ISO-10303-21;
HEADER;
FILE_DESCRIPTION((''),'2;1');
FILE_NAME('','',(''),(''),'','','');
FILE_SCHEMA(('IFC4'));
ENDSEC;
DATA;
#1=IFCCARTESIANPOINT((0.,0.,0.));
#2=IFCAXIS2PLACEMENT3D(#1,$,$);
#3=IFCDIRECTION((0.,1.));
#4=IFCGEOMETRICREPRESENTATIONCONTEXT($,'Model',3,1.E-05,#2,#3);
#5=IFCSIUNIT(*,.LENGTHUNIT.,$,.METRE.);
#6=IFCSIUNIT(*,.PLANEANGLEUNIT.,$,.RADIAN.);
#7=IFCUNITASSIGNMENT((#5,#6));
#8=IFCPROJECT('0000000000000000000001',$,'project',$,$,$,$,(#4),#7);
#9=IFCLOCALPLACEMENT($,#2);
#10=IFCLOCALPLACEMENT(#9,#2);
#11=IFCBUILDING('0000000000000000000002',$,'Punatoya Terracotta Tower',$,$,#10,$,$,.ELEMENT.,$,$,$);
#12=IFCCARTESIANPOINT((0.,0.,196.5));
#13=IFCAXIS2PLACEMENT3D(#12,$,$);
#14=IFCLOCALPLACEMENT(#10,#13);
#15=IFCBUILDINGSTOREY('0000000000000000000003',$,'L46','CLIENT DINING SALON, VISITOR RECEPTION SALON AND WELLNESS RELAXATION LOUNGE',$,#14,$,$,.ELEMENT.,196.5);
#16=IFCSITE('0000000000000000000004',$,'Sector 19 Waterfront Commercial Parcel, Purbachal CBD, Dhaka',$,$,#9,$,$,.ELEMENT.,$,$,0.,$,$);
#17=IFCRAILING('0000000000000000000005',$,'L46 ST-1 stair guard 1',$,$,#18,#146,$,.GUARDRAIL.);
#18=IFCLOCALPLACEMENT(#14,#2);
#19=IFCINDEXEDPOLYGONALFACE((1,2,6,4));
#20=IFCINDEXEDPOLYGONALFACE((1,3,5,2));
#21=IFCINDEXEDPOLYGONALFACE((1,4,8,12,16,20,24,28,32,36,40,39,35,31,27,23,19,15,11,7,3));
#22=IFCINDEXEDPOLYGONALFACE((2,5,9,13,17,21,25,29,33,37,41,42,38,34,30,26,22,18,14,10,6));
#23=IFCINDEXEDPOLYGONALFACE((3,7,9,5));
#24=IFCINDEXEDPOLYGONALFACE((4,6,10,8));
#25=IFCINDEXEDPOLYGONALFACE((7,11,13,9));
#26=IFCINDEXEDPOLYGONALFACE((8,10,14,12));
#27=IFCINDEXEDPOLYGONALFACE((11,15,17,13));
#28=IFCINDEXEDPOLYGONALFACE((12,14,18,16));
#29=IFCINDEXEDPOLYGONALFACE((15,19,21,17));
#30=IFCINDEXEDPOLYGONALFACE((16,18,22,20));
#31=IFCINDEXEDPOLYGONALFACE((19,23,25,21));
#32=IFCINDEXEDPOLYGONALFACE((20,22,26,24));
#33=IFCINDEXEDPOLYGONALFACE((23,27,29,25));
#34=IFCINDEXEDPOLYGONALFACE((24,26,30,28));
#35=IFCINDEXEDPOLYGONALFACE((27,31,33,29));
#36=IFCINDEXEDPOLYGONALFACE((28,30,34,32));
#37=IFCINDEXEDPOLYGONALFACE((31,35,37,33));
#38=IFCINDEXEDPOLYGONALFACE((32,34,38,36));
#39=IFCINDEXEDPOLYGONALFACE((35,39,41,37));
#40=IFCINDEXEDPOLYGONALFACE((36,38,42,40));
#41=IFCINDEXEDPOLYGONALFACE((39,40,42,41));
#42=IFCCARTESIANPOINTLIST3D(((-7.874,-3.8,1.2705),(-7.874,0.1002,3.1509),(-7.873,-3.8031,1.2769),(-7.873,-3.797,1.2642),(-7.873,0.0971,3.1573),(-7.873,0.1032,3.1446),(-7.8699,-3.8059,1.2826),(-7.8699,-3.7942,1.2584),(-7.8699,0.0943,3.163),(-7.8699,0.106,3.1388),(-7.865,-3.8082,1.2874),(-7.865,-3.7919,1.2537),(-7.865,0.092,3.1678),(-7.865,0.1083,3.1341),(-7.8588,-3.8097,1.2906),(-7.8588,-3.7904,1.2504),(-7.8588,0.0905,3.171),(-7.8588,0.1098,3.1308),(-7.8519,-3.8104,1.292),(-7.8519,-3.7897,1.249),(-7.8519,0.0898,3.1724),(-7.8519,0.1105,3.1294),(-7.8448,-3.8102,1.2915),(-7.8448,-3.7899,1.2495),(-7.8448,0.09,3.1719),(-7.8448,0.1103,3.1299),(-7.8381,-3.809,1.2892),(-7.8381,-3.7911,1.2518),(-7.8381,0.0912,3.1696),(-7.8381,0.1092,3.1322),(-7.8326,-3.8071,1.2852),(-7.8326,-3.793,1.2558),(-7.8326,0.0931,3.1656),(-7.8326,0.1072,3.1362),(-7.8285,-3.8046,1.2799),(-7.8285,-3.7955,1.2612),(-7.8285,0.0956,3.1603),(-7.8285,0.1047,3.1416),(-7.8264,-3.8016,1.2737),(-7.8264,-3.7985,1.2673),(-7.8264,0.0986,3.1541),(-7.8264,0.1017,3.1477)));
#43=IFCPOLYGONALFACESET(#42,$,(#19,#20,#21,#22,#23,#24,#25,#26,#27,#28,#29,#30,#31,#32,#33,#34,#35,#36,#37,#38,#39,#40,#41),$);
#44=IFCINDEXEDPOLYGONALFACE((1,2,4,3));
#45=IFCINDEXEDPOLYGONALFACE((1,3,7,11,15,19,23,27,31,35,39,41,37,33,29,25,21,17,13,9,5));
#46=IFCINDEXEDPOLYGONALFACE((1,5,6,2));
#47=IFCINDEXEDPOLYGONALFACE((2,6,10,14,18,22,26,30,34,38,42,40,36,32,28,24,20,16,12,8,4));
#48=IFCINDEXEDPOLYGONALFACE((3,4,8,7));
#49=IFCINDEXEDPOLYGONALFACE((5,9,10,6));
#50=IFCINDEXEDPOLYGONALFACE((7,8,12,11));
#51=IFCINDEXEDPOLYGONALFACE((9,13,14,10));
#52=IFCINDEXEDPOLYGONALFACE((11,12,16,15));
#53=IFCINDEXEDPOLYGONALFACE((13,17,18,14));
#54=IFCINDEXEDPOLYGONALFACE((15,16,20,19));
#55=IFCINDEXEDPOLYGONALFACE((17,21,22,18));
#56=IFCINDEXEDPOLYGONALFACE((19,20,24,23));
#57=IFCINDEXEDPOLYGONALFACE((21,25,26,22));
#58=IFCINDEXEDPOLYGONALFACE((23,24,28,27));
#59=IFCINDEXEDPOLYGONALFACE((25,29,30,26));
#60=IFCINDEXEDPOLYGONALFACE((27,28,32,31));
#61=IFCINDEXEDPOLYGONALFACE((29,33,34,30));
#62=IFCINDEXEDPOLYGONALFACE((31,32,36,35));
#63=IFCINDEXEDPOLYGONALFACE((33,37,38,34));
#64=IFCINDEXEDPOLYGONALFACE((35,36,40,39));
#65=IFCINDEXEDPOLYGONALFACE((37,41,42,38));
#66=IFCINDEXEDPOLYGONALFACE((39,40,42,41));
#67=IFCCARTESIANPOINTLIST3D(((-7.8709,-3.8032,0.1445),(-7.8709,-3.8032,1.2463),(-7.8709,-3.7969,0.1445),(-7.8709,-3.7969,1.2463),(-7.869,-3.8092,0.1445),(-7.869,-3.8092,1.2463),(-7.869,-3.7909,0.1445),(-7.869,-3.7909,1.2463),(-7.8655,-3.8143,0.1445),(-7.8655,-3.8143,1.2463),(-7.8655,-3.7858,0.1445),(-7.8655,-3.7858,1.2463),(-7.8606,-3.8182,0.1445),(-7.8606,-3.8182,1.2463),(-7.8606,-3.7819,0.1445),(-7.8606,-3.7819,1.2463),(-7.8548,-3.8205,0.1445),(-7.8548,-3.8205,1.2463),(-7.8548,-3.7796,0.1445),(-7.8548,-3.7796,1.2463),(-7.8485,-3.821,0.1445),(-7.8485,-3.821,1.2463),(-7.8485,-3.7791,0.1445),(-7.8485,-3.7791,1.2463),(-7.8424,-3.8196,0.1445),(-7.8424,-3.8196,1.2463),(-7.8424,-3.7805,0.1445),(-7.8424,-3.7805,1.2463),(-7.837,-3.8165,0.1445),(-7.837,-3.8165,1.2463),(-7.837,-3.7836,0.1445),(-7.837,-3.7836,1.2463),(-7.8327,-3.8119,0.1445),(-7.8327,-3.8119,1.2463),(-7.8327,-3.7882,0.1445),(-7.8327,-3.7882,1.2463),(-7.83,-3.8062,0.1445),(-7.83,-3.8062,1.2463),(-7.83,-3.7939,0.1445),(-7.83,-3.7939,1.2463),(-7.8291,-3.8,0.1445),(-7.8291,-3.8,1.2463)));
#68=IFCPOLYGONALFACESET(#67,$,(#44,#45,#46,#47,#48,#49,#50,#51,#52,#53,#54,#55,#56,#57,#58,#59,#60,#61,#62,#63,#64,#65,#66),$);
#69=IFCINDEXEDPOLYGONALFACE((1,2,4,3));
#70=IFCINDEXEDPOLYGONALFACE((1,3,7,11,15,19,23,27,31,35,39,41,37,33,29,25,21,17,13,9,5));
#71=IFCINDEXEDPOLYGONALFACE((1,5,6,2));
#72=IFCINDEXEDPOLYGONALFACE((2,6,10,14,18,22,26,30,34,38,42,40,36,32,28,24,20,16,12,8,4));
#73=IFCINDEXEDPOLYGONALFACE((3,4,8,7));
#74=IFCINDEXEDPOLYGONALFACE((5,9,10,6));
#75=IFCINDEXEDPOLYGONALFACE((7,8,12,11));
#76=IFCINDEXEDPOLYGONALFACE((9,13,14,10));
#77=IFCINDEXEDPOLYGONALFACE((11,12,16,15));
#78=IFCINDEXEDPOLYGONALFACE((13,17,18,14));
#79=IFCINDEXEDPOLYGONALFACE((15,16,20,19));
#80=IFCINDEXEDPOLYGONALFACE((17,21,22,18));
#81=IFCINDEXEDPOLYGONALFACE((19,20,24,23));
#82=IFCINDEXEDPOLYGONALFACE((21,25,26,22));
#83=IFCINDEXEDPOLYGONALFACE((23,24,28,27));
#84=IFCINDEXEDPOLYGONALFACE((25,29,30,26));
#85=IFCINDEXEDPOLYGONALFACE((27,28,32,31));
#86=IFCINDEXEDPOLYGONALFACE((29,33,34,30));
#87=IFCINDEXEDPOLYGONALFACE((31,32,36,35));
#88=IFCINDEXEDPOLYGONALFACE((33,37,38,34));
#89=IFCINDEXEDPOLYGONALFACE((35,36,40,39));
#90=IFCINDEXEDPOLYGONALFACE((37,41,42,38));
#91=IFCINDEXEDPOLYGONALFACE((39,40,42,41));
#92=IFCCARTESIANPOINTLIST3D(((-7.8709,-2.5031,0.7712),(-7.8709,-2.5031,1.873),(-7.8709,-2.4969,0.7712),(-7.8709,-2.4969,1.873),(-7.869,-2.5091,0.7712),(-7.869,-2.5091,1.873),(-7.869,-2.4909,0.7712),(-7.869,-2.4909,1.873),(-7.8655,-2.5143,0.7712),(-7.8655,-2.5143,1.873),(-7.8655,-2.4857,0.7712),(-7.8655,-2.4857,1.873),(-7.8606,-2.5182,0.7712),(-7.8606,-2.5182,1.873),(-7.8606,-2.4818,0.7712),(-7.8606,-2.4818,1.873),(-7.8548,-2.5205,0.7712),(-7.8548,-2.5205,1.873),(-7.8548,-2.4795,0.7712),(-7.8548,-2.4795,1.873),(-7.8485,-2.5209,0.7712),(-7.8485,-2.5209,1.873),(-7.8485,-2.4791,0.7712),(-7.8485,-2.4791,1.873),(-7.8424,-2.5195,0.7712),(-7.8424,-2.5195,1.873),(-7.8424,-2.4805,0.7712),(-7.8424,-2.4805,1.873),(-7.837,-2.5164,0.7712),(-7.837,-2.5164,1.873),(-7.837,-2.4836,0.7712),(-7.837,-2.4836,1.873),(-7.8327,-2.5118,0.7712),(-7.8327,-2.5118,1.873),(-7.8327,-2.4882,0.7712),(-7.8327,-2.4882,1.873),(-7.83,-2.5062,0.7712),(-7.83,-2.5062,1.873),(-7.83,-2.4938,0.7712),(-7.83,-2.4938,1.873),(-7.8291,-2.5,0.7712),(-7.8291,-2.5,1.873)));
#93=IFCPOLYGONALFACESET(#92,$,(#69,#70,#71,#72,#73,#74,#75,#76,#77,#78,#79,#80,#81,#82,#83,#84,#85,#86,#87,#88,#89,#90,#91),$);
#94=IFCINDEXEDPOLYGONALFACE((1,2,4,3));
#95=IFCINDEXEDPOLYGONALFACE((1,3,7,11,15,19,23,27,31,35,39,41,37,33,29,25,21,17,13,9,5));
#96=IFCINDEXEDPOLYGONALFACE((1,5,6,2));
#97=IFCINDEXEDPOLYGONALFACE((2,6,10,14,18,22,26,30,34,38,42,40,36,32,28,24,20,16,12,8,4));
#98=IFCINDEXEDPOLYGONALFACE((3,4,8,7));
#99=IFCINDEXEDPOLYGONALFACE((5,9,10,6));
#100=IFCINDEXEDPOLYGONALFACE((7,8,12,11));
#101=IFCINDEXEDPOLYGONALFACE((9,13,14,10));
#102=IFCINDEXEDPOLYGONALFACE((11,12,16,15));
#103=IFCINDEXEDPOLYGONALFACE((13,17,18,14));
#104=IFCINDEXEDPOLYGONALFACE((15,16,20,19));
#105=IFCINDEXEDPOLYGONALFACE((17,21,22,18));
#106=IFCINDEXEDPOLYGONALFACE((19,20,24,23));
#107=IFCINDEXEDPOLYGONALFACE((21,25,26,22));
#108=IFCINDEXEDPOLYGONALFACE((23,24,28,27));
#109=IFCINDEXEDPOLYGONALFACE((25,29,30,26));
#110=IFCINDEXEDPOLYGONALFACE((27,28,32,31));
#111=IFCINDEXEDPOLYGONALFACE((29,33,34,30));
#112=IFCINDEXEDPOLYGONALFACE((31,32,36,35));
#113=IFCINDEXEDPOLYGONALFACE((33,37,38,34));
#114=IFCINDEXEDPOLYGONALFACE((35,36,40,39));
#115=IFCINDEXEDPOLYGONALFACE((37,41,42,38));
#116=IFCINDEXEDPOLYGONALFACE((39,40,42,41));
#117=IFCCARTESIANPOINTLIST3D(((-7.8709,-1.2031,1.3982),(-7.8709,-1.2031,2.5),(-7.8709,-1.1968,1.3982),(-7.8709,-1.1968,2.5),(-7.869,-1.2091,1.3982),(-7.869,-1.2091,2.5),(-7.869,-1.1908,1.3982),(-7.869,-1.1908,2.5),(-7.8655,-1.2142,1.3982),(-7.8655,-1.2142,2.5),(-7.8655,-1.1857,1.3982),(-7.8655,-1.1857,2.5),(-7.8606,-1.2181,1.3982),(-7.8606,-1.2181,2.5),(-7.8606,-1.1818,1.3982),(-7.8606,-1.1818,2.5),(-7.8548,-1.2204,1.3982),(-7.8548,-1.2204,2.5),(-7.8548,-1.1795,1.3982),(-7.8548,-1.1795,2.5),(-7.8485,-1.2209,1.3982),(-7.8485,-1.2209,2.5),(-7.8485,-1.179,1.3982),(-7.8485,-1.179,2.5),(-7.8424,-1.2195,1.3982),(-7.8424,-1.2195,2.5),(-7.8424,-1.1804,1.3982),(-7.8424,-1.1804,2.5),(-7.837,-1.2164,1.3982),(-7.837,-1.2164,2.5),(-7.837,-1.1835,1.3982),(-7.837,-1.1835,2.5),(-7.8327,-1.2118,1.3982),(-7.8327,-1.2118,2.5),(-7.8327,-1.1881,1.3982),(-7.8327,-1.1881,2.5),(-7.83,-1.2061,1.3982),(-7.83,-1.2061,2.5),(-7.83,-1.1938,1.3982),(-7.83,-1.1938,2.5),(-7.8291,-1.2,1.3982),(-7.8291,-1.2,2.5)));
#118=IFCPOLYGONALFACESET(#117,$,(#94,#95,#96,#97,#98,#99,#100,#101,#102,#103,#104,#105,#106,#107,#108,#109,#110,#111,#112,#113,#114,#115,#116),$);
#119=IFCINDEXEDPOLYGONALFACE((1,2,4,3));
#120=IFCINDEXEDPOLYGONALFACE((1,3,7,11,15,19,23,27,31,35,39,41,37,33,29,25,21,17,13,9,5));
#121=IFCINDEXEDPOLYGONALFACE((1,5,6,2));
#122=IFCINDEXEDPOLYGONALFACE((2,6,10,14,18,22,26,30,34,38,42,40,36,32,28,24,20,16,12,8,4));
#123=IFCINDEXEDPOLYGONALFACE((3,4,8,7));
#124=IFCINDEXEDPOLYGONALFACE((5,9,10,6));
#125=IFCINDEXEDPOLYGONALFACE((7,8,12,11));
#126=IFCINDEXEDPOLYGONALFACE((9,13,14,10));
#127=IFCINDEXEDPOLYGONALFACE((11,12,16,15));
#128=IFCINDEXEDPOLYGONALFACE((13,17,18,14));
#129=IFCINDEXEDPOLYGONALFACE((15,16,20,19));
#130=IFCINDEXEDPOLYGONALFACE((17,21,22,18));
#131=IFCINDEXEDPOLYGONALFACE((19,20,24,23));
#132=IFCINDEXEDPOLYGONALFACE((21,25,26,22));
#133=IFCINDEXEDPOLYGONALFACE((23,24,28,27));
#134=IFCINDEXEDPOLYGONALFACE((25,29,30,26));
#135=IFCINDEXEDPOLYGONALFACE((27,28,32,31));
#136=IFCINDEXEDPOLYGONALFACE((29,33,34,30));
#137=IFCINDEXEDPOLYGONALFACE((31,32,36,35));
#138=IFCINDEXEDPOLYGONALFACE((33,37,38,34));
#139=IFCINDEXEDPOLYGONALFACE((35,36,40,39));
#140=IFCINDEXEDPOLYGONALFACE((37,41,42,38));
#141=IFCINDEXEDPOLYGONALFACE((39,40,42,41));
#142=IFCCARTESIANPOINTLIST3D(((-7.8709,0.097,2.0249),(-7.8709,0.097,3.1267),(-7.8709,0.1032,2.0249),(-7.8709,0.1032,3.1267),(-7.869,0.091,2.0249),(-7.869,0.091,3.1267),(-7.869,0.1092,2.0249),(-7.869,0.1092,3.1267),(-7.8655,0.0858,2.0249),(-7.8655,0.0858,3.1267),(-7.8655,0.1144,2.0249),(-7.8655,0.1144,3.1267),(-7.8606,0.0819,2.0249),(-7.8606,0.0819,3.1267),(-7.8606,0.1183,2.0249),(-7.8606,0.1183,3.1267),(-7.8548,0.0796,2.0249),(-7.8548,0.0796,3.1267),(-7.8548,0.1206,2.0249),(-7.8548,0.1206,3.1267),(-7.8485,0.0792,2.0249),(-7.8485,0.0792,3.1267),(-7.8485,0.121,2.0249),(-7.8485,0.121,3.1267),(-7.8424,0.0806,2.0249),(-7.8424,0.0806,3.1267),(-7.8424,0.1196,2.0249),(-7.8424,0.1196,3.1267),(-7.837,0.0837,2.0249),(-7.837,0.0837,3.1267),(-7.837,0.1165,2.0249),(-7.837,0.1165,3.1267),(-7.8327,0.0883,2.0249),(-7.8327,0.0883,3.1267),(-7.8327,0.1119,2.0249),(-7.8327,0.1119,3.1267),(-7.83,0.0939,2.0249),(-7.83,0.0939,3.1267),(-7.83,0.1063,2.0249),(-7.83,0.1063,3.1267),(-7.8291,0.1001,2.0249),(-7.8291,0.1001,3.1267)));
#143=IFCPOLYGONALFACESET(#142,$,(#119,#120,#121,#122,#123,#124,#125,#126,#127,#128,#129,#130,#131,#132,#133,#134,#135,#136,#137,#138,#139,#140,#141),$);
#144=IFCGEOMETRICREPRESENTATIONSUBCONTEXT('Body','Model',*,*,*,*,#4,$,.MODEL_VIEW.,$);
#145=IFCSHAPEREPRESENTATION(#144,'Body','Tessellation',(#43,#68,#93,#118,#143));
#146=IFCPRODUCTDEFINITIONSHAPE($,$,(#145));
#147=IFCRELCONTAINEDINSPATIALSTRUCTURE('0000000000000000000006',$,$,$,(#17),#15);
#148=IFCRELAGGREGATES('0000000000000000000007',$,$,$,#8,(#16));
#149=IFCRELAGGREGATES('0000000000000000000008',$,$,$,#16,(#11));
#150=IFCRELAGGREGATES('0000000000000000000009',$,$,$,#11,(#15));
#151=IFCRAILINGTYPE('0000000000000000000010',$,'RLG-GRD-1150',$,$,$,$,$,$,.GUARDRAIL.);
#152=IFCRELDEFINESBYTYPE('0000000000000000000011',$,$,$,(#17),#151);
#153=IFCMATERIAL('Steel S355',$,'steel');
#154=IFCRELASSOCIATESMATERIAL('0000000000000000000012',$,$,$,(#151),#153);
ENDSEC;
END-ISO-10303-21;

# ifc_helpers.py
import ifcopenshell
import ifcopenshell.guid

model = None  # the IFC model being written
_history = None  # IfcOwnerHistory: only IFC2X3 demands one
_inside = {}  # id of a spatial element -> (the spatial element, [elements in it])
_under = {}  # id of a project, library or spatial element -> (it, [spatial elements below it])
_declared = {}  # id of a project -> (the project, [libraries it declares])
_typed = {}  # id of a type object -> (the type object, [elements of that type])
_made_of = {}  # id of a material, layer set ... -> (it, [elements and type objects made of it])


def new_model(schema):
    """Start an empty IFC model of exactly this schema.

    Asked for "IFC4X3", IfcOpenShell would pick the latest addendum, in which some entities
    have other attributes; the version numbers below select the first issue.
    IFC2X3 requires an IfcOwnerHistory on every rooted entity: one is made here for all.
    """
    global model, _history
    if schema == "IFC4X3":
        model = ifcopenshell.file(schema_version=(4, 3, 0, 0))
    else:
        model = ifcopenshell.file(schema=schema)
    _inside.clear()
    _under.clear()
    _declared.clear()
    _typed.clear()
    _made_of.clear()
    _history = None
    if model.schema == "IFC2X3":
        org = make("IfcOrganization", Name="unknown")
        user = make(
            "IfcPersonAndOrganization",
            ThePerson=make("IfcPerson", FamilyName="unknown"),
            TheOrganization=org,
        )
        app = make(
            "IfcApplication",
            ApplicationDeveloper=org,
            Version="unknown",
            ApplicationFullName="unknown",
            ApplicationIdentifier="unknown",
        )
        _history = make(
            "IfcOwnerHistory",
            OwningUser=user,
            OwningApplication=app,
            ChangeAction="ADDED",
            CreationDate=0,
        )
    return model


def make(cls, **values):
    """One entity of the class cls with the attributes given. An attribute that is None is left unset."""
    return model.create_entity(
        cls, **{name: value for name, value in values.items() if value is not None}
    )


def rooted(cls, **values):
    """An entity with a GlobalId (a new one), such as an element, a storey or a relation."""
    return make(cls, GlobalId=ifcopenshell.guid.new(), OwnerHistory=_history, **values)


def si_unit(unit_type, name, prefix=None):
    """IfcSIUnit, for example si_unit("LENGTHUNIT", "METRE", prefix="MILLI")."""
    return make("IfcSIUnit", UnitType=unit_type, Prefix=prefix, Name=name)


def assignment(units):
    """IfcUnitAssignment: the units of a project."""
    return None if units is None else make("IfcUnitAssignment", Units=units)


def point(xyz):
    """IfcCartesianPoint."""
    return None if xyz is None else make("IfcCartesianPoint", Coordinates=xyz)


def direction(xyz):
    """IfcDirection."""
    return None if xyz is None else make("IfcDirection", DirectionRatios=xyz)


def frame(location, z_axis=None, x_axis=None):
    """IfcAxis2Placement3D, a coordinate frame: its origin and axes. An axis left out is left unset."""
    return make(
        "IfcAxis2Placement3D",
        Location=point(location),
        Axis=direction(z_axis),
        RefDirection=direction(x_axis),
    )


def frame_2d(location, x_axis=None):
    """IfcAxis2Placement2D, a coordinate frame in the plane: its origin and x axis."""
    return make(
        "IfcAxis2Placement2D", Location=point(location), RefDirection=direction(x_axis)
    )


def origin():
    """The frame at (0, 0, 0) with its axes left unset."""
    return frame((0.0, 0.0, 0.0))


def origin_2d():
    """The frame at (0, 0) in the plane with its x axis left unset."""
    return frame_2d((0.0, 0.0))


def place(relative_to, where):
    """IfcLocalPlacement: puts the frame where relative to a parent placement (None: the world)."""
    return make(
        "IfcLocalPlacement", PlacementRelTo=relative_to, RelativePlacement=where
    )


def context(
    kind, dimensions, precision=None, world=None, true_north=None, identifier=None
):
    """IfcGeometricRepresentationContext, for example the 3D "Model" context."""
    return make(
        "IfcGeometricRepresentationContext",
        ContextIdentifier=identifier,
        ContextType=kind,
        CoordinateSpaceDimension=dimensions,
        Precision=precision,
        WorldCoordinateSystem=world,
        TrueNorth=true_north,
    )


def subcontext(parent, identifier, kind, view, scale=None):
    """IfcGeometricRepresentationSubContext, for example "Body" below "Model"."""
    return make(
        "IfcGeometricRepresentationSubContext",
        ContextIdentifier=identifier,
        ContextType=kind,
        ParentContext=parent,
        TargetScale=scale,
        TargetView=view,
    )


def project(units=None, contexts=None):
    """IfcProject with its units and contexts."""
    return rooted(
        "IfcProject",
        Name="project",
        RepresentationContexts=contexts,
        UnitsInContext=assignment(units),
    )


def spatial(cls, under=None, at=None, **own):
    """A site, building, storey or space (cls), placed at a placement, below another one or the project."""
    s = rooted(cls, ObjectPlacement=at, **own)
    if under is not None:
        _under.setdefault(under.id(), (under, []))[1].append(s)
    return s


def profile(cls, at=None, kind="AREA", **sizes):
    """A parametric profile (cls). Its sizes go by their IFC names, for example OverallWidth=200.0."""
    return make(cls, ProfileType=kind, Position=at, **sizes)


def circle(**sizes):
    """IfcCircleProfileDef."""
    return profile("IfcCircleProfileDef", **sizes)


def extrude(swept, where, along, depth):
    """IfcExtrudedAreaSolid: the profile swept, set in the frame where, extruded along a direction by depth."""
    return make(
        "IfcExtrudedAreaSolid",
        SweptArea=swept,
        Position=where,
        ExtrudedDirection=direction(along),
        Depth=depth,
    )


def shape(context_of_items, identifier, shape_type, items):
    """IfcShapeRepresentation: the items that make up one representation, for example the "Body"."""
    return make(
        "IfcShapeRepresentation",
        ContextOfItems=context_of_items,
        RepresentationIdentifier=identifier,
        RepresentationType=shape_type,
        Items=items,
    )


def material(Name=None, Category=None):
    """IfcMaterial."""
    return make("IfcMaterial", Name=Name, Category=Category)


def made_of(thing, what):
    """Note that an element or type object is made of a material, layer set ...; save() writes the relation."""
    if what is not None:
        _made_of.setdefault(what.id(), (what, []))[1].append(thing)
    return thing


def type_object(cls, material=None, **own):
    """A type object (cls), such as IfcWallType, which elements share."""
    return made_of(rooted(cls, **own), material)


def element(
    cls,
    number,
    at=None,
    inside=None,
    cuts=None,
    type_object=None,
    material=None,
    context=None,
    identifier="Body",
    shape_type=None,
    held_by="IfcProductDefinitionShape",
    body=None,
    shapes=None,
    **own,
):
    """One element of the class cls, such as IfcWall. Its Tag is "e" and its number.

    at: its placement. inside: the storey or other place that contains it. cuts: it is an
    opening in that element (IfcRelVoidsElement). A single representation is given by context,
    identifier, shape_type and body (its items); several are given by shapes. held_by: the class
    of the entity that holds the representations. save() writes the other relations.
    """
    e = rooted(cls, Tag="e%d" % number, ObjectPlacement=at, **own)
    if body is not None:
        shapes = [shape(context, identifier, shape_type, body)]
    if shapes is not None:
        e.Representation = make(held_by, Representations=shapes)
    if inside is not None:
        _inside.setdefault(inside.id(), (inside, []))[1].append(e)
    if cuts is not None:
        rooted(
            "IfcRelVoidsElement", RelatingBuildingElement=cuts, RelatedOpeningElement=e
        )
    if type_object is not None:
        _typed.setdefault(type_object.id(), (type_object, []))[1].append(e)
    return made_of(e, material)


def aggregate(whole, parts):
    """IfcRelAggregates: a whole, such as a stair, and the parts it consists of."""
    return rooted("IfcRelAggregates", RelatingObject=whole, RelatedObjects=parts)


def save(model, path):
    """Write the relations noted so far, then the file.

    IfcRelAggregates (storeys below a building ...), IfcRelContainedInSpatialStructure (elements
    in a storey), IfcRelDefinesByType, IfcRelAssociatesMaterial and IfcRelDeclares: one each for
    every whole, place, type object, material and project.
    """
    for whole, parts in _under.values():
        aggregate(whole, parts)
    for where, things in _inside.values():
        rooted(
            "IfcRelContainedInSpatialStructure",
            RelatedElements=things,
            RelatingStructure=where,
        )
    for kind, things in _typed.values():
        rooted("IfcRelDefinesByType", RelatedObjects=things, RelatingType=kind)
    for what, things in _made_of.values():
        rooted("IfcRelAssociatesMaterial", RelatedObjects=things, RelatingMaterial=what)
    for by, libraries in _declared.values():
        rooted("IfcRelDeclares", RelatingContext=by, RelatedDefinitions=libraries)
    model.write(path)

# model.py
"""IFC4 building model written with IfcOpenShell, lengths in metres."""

from ifc_helpers import new_model, si_unit, direction, frame, origin, origin_2d, place, context, subcontext, project, spatial, circle, extrude, material, type_object, element, save


model = new_model("IFC4")

# Units and contexts
model_context = context("Model", 3, precision=1e-05, world=origin(), true_north=direction((0.0, 1.0)))
body_context = subcontext(model_context, "Body", "Model", "MODEL_VIEW")
ifc_project = project(units=[si_unit("LENGTHUNIT", "METRE"), si_unit("PLANEANGLEUNIT", "RADIAN")], contexts=[model_context])

# Site, building, storey
site_placement = place(None, origin())
site = spatial("IfcSite", under=ifc_project, at=site_placement, Name="Sector 19 Waterfront Commercial Parcel, Purbachal CBD, Dhaka", CompositionType="ELEMENT", RefElevation=0.0)
building_placement = place(site_placement, origin())
building = spatial("IfcBuilding", under=site, at=building_placement, Name="Punatoya Terracotta Tower", CompositionType="ELEMENT")
storey_placement = place(building_placement, frame((0.0, 0.0, 196.5)))
storey = spatial("IfcBuildingStorey", under=building, at=storey_placement, Name="L46", Description="CLIENT DINING SALON, VISITOR RECEPTION SALON AND WELLNESS RELAXATION LOUNGE", CompositionType="ELEMENT", Elevation=196.5)

# Shared definitions
ifc_material_1 = material(Name="Steel S355", Category="steel")

# Railing
railing_type_1 = type_object("IfcRailingType", Name="RLG-GRD-1150", PredefinedType="GUARDRAIL", material=ifc_material_1)
railing_1_placement = place(storey_placement, frame((-7.8501, -3.8, 0.1445)))
element("IfcRailing", 1, at=railing_1_placement, inside=storey, type_object=railing_type_1, Name="L46 ST-1 stair guard 1", PredefinedType="GUARDRAIL", context=body_context, shape_type="SweptSolid", body=[
    extrude(circle(Radius=0.0239, at=origin_2d()), frame((0.0, 0.0, 1.126), z_axis=(0.0, 0.900774, 0.434289), x_axis=(-1.0, 0.0, 0.0)), (0.0, 0.0, 1.0), 4.3298),
    extrude(circle(Radius=0.021, at=origin_2d()), origin(), (0.0, 0.0, 1.0), 1.1018),
    extrude(circle(Radius=0.021, at=origin_2d()), frame((0.0, 1.3, 0.6267)), (0.0, 0.0, 1.0), 1.1018),
    extrude(circle(Radius=0.021, at=origin_2d()), frame((0.0, 2.6001, 1.2537)), (0.0, 0.0, 1.0), 1.1018),
    extrude(circle(Radius=0.021, at=origin_2d()), frame((0.0, 3.9001, 1.8804)), (0.0, 0.0, 1.0), 1.1018),
])

save(model, "model.ifc")
